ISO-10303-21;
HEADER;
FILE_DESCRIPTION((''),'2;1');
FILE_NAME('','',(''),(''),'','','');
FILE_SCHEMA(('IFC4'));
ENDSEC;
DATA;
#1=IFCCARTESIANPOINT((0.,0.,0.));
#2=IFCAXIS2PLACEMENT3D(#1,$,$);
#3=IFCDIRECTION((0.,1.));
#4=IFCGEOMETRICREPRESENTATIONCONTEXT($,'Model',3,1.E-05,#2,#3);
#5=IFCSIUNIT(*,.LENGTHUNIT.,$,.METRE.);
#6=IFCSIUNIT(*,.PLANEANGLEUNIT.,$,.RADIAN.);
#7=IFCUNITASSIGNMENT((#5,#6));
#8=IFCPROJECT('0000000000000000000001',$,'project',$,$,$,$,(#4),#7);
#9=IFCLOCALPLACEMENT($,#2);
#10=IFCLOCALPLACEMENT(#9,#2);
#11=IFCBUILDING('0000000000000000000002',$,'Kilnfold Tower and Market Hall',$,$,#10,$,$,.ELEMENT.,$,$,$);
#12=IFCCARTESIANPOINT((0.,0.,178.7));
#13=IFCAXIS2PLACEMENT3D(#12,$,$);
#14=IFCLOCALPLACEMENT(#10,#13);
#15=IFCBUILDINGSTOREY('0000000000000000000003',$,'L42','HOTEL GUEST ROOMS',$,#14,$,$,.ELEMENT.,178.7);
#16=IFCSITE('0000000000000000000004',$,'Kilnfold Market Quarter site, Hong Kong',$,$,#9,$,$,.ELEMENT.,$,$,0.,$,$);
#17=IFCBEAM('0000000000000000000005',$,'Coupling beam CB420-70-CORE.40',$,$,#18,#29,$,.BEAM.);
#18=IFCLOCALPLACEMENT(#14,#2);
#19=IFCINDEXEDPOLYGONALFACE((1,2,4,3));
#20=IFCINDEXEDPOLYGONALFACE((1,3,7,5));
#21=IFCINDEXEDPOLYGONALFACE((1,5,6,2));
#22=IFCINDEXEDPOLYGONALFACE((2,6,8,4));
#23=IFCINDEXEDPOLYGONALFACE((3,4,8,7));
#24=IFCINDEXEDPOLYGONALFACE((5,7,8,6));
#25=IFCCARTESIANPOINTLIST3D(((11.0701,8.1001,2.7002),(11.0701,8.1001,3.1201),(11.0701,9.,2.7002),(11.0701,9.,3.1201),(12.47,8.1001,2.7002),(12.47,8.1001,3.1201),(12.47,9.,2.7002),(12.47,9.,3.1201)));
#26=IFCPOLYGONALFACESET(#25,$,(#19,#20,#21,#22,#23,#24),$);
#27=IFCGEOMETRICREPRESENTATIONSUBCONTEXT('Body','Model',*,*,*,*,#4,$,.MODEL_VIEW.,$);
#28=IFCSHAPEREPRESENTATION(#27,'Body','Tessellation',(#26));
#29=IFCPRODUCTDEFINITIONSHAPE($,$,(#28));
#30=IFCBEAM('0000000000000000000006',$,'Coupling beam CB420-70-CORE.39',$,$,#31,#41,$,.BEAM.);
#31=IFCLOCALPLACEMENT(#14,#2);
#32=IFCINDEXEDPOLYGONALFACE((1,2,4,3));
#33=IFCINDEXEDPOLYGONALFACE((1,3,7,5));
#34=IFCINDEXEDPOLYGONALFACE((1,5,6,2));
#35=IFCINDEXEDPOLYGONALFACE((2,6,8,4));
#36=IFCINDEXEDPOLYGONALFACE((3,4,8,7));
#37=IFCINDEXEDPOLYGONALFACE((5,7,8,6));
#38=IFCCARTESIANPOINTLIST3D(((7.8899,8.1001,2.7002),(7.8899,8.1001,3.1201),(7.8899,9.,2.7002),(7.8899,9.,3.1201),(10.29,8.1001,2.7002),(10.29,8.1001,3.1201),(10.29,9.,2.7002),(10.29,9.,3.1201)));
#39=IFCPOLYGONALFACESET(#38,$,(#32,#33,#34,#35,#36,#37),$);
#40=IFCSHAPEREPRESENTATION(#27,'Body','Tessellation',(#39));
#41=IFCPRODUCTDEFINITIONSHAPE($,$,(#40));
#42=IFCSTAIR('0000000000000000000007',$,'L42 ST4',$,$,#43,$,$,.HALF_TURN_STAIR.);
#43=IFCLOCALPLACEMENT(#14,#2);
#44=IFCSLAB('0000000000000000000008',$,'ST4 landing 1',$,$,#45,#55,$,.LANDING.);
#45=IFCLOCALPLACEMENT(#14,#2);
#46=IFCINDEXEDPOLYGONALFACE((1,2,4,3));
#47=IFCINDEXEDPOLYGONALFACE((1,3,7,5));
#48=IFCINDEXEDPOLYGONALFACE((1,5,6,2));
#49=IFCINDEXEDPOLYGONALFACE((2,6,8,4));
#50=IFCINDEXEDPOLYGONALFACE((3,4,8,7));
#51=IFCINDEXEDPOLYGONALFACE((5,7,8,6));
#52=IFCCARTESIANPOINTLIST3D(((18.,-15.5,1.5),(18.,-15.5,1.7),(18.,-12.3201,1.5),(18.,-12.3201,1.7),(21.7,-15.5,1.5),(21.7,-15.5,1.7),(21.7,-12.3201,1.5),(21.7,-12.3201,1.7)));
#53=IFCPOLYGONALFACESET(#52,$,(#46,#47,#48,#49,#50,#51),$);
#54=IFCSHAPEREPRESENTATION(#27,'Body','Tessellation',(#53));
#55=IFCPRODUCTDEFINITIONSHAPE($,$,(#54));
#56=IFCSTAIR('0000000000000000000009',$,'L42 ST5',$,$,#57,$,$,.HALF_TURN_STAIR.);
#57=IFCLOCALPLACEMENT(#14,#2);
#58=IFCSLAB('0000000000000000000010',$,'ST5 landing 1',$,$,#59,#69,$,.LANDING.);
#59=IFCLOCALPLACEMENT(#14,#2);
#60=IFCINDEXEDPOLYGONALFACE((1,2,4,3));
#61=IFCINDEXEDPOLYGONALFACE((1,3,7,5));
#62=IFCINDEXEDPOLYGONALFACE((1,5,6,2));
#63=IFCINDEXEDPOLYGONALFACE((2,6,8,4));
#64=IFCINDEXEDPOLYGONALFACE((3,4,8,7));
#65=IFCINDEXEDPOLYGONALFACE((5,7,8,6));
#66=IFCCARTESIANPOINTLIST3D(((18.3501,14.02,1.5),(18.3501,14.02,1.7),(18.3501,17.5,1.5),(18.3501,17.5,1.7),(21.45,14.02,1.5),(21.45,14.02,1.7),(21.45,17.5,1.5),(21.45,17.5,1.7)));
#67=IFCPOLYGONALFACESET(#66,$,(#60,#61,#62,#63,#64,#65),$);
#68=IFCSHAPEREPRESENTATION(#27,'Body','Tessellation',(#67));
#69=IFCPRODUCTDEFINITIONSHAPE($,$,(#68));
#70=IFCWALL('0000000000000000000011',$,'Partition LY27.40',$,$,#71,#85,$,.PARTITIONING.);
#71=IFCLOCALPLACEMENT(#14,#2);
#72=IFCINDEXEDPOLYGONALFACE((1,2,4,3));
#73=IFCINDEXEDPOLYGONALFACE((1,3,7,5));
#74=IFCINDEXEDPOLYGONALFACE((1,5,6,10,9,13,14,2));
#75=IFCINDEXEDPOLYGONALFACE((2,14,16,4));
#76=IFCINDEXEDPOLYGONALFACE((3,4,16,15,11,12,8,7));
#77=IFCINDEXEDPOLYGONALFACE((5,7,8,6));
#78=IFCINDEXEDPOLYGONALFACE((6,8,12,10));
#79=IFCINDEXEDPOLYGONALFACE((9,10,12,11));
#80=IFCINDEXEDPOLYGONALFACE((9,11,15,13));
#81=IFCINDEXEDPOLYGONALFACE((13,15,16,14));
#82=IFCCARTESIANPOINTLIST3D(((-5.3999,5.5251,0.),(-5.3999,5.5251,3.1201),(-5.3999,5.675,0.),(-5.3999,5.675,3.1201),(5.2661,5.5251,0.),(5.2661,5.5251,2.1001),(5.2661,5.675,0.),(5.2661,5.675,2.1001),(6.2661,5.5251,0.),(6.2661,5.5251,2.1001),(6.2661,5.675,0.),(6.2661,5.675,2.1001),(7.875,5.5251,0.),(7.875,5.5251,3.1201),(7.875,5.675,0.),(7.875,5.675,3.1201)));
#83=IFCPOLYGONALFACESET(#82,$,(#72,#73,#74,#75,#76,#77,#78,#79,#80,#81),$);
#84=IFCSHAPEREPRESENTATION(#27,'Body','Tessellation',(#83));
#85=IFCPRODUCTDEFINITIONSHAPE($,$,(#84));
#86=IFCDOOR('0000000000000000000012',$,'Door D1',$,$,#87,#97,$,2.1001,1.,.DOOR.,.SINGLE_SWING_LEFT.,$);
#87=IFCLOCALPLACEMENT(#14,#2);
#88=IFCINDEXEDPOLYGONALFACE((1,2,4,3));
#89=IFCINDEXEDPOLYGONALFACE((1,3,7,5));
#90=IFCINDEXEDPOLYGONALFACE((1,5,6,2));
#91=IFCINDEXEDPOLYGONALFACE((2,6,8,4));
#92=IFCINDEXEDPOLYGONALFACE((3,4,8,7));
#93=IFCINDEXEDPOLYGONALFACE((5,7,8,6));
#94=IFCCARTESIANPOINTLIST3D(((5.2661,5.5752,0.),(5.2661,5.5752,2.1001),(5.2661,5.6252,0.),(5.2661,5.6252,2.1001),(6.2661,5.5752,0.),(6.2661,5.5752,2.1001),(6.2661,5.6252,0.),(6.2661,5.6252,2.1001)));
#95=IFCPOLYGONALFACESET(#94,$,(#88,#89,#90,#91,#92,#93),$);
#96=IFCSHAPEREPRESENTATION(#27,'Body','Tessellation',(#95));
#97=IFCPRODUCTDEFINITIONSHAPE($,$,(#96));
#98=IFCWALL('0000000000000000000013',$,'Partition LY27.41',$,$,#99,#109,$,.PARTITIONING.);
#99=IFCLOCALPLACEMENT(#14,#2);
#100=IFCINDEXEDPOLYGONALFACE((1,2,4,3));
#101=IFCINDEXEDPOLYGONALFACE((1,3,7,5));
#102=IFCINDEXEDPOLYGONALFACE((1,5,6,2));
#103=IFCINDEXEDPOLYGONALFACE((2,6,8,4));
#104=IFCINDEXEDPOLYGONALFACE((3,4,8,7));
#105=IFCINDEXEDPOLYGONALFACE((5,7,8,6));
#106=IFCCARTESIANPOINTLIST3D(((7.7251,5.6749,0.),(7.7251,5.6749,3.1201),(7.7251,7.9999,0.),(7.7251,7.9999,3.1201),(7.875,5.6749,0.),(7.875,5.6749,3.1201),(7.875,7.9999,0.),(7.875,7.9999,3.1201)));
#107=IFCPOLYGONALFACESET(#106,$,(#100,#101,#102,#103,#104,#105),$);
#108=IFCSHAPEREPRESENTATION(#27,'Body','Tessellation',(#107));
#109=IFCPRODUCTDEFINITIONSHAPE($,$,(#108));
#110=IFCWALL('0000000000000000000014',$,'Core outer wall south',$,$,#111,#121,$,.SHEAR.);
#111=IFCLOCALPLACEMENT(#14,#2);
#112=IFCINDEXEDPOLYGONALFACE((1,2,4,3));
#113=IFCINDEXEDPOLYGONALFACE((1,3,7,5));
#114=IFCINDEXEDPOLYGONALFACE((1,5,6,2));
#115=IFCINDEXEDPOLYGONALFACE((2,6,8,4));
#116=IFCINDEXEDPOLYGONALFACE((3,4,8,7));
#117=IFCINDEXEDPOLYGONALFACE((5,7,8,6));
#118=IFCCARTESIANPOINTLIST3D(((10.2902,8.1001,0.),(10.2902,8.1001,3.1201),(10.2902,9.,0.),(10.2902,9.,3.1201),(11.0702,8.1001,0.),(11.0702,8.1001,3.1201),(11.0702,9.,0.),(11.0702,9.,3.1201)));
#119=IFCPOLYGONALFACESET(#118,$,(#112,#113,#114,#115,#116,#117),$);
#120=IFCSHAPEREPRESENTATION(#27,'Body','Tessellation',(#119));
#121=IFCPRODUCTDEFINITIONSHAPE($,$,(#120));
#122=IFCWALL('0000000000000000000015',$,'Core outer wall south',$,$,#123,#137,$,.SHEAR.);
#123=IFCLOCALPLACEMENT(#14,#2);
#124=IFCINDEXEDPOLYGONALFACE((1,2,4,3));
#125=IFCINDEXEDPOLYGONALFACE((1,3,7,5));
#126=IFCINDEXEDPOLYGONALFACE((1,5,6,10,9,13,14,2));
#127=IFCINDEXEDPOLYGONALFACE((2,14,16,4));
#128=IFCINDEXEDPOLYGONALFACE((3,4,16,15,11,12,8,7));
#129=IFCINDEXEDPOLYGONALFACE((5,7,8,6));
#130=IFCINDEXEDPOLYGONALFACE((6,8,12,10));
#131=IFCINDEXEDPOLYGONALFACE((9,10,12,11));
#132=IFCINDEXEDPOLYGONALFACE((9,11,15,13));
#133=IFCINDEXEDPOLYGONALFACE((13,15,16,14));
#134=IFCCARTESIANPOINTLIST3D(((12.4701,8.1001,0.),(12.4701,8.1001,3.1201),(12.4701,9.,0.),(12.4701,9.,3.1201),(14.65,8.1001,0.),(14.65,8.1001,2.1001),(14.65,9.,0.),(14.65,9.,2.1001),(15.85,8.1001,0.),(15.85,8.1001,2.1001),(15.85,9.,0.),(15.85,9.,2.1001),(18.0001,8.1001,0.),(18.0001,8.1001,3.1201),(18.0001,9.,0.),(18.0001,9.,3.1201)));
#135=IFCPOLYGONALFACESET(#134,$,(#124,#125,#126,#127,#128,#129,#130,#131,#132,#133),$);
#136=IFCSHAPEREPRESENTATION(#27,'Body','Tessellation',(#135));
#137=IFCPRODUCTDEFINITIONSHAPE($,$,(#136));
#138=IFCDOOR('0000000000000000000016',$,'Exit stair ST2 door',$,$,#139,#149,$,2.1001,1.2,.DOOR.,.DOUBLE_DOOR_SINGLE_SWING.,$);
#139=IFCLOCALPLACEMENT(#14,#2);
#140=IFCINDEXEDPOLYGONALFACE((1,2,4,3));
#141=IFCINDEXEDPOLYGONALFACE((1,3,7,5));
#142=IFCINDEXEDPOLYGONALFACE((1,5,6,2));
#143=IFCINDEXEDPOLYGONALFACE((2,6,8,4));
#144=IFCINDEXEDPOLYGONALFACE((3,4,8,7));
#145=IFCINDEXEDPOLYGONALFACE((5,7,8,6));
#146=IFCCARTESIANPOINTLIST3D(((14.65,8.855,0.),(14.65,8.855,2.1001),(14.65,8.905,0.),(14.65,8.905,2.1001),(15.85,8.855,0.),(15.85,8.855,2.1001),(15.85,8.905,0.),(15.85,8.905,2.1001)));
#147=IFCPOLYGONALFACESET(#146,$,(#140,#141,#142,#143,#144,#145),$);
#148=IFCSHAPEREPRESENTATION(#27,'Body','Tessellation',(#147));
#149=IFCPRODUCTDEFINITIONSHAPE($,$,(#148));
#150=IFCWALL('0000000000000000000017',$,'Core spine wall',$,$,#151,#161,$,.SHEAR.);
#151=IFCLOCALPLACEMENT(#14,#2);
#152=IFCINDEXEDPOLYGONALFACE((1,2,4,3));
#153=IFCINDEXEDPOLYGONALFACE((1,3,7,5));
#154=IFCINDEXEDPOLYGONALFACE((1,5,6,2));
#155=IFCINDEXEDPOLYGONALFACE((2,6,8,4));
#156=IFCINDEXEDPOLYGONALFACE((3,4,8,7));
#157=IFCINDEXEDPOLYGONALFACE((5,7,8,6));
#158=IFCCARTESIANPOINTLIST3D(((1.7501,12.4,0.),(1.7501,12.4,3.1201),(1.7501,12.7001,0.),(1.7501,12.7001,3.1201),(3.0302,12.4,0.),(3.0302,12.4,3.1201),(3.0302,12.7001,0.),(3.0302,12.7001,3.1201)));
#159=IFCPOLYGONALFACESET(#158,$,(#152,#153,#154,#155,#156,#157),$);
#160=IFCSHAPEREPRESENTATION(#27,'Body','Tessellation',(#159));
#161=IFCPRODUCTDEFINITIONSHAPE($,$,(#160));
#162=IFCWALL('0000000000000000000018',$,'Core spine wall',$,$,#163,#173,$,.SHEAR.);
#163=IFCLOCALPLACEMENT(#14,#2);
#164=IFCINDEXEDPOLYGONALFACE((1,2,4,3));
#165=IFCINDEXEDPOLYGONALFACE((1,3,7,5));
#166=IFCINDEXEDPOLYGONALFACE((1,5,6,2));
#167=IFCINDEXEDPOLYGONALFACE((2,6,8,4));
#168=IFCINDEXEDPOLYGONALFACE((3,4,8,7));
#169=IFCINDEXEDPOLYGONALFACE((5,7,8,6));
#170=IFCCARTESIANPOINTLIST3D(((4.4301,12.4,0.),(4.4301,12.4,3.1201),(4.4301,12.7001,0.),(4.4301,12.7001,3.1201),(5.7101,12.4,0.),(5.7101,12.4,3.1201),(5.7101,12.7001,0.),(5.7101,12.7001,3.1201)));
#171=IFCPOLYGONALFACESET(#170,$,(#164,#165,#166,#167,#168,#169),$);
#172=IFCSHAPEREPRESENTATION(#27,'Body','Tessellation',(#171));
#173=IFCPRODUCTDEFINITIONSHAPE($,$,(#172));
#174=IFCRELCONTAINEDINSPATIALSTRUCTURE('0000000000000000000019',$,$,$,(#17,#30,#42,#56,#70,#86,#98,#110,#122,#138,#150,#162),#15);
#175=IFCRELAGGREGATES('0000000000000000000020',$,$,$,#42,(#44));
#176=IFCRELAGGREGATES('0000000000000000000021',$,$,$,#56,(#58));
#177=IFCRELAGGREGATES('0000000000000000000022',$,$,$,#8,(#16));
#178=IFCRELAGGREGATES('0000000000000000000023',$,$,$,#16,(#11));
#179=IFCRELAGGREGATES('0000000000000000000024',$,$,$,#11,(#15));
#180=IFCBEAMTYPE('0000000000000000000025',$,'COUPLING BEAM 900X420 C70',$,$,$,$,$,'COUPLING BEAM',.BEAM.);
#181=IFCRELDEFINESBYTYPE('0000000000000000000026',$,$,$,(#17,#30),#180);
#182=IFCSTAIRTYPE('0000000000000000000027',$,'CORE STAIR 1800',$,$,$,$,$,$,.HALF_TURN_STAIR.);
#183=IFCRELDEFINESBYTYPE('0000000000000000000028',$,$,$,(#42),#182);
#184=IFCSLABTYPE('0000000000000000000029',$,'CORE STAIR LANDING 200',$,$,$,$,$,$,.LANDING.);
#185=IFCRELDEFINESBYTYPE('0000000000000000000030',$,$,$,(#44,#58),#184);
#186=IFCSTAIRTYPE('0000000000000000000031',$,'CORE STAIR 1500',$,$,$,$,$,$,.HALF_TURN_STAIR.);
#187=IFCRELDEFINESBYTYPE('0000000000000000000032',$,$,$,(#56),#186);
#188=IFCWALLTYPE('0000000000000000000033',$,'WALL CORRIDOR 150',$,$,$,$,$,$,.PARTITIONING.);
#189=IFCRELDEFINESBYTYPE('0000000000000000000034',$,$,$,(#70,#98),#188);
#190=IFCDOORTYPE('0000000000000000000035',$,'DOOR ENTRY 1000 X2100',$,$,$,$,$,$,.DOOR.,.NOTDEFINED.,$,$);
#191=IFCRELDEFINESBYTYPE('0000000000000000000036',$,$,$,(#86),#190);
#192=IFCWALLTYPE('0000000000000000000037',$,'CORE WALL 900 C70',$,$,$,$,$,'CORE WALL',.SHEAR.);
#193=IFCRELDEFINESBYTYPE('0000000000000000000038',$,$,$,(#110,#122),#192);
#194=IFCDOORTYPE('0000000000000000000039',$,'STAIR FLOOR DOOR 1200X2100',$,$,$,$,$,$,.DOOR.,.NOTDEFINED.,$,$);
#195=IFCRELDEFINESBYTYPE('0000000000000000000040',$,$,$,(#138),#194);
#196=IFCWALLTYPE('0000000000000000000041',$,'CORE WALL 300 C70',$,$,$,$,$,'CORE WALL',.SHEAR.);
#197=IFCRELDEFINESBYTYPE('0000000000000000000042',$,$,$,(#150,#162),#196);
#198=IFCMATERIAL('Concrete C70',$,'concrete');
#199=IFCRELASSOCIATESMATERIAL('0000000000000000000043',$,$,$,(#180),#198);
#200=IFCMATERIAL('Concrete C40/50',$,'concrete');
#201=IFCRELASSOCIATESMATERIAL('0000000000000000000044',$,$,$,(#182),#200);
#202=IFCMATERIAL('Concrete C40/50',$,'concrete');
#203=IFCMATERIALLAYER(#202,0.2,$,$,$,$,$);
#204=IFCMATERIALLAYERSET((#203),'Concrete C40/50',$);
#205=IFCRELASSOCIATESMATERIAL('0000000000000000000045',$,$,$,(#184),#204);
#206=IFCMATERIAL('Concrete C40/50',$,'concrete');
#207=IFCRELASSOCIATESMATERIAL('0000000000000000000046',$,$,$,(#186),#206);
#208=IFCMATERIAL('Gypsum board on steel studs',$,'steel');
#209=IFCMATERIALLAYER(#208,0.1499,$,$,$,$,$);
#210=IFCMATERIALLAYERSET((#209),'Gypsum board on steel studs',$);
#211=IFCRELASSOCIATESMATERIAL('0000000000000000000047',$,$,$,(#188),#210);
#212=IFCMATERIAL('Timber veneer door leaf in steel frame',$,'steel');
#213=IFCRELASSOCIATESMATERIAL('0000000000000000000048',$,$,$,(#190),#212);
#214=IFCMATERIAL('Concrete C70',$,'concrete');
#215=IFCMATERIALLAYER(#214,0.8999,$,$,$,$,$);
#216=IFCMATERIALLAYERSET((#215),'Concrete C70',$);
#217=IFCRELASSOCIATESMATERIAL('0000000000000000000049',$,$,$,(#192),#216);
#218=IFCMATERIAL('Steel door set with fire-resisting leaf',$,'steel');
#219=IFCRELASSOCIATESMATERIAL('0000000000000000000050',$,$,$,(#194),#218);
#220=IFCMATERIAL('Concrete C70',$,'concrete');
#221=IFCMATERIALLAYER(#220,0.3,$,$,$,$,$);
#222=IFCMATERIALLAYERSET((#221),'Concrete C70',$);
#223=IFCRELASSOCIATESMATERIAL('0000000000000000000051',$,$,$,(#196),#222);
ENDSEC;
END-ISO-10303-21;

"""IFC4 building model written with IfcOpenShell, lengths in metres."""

from ifc_helpers import new_model, si_unit, direction, frame, frame_2d, origin, origin_2d, place, context, subcontext, project, spatial, polyline, rectangle, outline, extrude, source, transform, mapped, material, layer, layer_set, material_profile, profile_set, type_object, element, fill, aggregate, save


model = new_model("IFC4")

# Units and contexts
model_context = context("Model", 3, precision=1e-05, world=origin(), true_north=direction((0.0, 1.0)))
body_context = subcontext(model_context, "Body", "Model", "MODEL_VIEW")
ifc_project = project(units=[si_unit("LENGTHUNIT", "METRE"), si_unit("PLANEANGLEUNIT", "RADIAN")], contexts=[model_context])

# Site, building, storey
site_placement = place(None, origin())
site = spatial("IfcSite", under=ifc_project, at=site_placement, Name="Kilnfold Market Quarter site, Hong Kong", CompositionType="ELEMENT", RefElevation=0.0)
building_placement = place(site_placement, origin())
building = spatial("IfcBuilding", under=site, at=building_placement, Name="Kilnfold Tower and Market Hall", CompositionType="ELEMENT")
storey_placement = place(building_placement, frame((0.0, 0.0, 178.7)))
storey = spatial("IfcBuildingStorey", under=building, at=storey_placement, Name="L42", Description="HOTEL GUEST ROOMS", CompositionType="ELEMENT", Elevation=178.7)

# Beams
ifc_material_1 = material(Name="Concrete C70", Category="concrete")
ifc_material_profile = material_profile(ifc_material_1, rectangle(XDim=0.8999, YDim=0.4199, at=origin_2d()), Name="RC 900x420")
ifc_profile_set = profile_set([ifc_material_profile], Name="Concrete C70")
beam_type = type_object("IfcBeamType", Name="COUPLING BEAM 900X420 C70", ElementType="COUPLING BEAM", PredefinedType="BEAM", material=ifc_profile_set)
shared_shape_1 = source(origin(), body_context, "Body", "SweptSolid", [
    extrude(rectangle(XDim=0.8999, YDim=0.4199, at=origin_2d()), origin(), (0.0, 0.0, 1.0), 1.3999),
])
beam_1_placement = place(storey_placement, frame((11.0701, 8.55, 2.9102), z_axis=(1.0, 0.0, 0.0), x_axis=(0.0, 1.0, 0.0)))
element("IfcBeam", 1, at=beam_1_placement, inside=storey, type_object=beam_type, Name="Coupling beam CB420-70-CORE.40", PredefinedType="BEAM", context=body_context, shape_type="MappedRepresentation", body=[
    mapped(shared_shape_1, transform((0.0, 0.0, 0.0))),
])
shared_shape_2 = source(origin(), body_context, "Body", "SweptSolid", [
    extrude(rectangle(XDim=0.8999, YDim=0.4199, at=origin_2d()), origin(), (0.0, 0.0, 1.0), 2.4001),
])
beam_2_placement = place(storey_placement, frame((7.8899, 8.55, 2.9102), z_axis=(1.0, 0.0, 0.0), x_axis=(0.0, 1.0, 0.0)))
element("IfcBeam", 2, at=beam_2_placement, inside=storey, type_object=beam_type, Name="Coupling beam CB420-70-CORE.39", PredefinedType="BEAM", context=body_context, shape_type="MappedRepresentation", body=[
    mapped(shared_shape_2, transform((0.0, 0.0, 0.0))),
])

# Stairs, slabs
ifc_material_2 = material(Name="Concrete C40/50", Category="concrete")
stair_type_1 = type_object("IfcStairType", Name="CORE STAIR 1800", PredefinedType="HALF_TURN_STAIR", material=ifc_material_2)
stair_1_placement = place(storey_placement, origin())
stair_1 = element("IfcStair", 3, at=stair_1_placement, inside=storey, type_object=stair_type_1, Name="L42 ST4", PredefinedType="HALF_TURN_STAIR")
ifc_material_3 = material(Name="Concrete C40/50", Category="concrete")
ifc_layer_1 = layer(ifc_material_3, 0.2)
ifc_layer_set_1 = layer_set([ifc_layer_1], Name="Concrete C40/50")
slab_type = type_object("IfcSlabType", Name="CORE STAIR LANDING 200", PredefinedType="LANDING", material=ifc_layer_set_1)
shared_shape_3 = source(origin(), body_context, "Body", "SweptSolid", [
    extrude(outline(polyline([(18.0, -12.3201), (18.0, -15.5), (21.7, -15.5), (21.7, -12.3201), (18.0, -12.3201)])), origin(), (0.0, 0.0, 1.0), 0.2),
])
slab_1_placement = place(storey_placement, frame((0.0, 0.0, 1.5)))
slab_1 = element("IfcSlab", 4, at=slab_1_placement, type_object=slab_type, Name="ST4 landing 1", PredefinedType="LANDING", context=body_context, shape_type="MappedRepresentation", body=[
    mapped(shared_shape_3, transform((0.0, 0.0, 0.0))),
])
aggregate(stair_1, [slab_1])
ifc_material_4 = material(Name="Concrete C40/50", Category="concrete")
stair_type_2 = type_object("IfcStairType", Name="CORE STAIR 1500", PredefinedType="HALF_TURN_STAIR", material=ifc_material_4)
stair_2_placement = place(storey_placement, origin())
stair_2 = element("IfcStair", 5, at=stair_2_placement, inside=storey, type_object=stair_type_2, Name="L42 ST5", PredefinedType="HALF_TURN_STAIR")
shared_shape_4 = source(origin(), body_context, "Body", "SweptSolid", [
    extrude(outline(polyline([(21.45, 14.02), (21.45, 17.5), (18.3501, 17.5), (18.3501, 14.02), (21.45, 14.02)])), origin(), (0.0, 0.0, 1.0), 0.2),
])
slab_2_placement = place(storey_placement, frame((0.0, 0.0, 1.5)))
slab_2 = element("IfcSlab", 6, at=slab_2_placement, type_object=slab_type, Name="ST5 landing 1", PredefinedType="LANDING", context=body_context, shape_type="MappedRepresentation", body=[
    mapped(shared_shape_4, transform((0.0, 0.0, 0.0))),
])
aggregate(stair_2, [slab_2])

# Wall, opening, door
ifc_material_5 = material(Name="Gypsum board on steel studs", Category="steel")
ifc_layer_2 = layer(ifc_material_5, 0.1499)
ifc_layer_set_2 = layer_set([ifc_layer_2], Name="Gypsum board on steel studs")
wall_type_1 = type_object("IfcWallType", Name="WALL CORRIDOR 150", PredefinedType="PARTITIONING", material=ifc_layer_set_2)
wall_1_placement = place(storey_placement, frame((7.875, 5.6001, 0.0), z_axis=(0.0, 0.0, 1.0), x_axis=(-1.0, 0.0, 0.0)))
wall_1 = element("IfcWall", 7, at=wall_1_placement, inside=storey, type_object=wall_type_1, Name="Partition LY27.40", PredefinedType="PARTITIONING", context=body_context, shape_type="SweptSolid", body=[
    extrude(rectangle(XDim=13.2749, YDim=0.1499, at=frame_2d((6.6375, 0.0))), origin(), (0.0, 0.0, 1.0), 3.1201),
])
opening_1_placement = place(wall_1_placement, frame((1.6089, 0.0, 0.0)))
opening_1 = element("IfcOpeningElement", 8, at=opening_1_placement, cuts=wall_1, PredefinedType="OPENING", context=body_context, shape_type="SweptSolid", body=[
    extrude(rectangle(XDim=1.0, YDim=2.1001, at=frame_2d((0.5, 1.05))), frame((0.0, 0.085, 0.0), z_axis=(0.0, -1.0, 0.0), x_axis=(1.0, 0.0, 0.0)), (0.0, 0.0, 1.0), 0.1699),
])
ifc_material_6 = material(Name="Timber veneer door leaf in steel frame", Category="steel")
door_type_1 = type_object("IfcDoorType", Name="DOOR ENTRY 1000 X2100", OperationType="NOTDEFINED", PredefinedType="DOOR", material=ifc_material_6)
door_1_placement = place(opening_1_placement, origin())
door_1 = element("IfcDoor", 9, at=door_1_placement, inside=storey, type_object=door_type_1, Name="Door D1", OperationType="SINGLE_SWING_LEFT", OverallHeight=2.1001, OverallWidth=1.0, PredefinedType="DOOR", context=body_context, shape_type="SweptSolid", body=[
    extrude(rectangle(XDim=1.0, YDim=2.1001, at=frame_2d((0.5, 1.05))), frame((0.0, 0.0249, 0.0), z_axis=(0.0, -1.0, 0.0), x_axis=(1.0, 0.0, 0.0)), (0.0, 0.0, 1.0), 0.05),
])
fill(opening_1, door_1)

# Walls
wall_2_placement = place(storey_placement, frame((7.8, 8.0, 0.0), z_axis=(0.0, 0.0, 1.0), x_axis=(0.0, -1.0, 0.0)))
element("IfcWall", 10, at=wall_2_placement, inside=storey, type_object=wall_type_1, Name="Partition LY27.41", PredefinedType="PARTITIONING", context=body_context, shape_type="SweptSolid", body=[
    extrude(rectangle(XDim=2.325, YDim=0.1499, at=frame_2d((1.1626, 0.0))), origin(), (0.0, 0.0, 1.0), 3.1201),
])
ifc_material_7 = material(Name="Concrete C70", Category="concrete")
ifc_layer_3 = layer(ifc_material_7, 0.8999)
ifc_layer_set_3 = layer_set([ifc_layer_3], Name="Concrete C70")
wall_type_2 = type_object("IfcWallType", Name="CORE WALL 900 C70", ElementType="CORE WALL", PredefinedType="SHEAR", material=ifc_layer_set_3)
shared_shape_5 = source(origin(), body_context, "Body", "SweptSolid", [
    extrude(rectangle(XDim=0.78, YDim=0.8999, at=frame_2d((0.3901, 0.0))), origin(), (0.0, 0.0, 1.0), 3.1201),
])
wall_3_placement = place(storey_placement, frame((10.29, 8.55, 0.0), z_axis=(0.0, 0.0, 1.0), x_axis=(1.0, 0.0, 0.0)))
element("IfcWall", 11, at=wall_3_placement, inside=storey, type_object=wall_type_2, Name="Core outer wall south", PredefinedType="SHEAR", context=body_context, shape_type="MappedRepresentation", body=[
    mapped(shared_shape_5, transform((0.0, 0.0, 0.0))),
])

# Wall, opening, door
shared_shape_6 = source(origin(), body_context, "Body", "SweptSolid", [
    extrude(rectangle(XDim=5.53, YDim=0.8999, at=frame_2d((2.7651, 0.0))), origin(), (0.0, 0.0, 1.0), 3.1201),
])
wall_4_placement = place(storey_placement, frame((12.47, 8.55, 0.0), z_axis=(0.0, 0.0, 1.0), x_axis=(1.0, 0.0, 0.0)))
wall_4 = element("IfcWall", 12, at=wall_4_placement, inside=storey, type_object=wall_type_2, Name="Core outer wall south", PredefinedType="SHEAR", context=body_context, shape_type="MappedRepresentation", body=[
    mapped(shared_shape_6, transform((0.0, 0.0, 0.0))),
])
opening_2_placement = place(wall_4_placement, frame((2.1799, 0.0, 0.0)))
opening_2 = element("IfcOpeningElement", 13, at=opening_2_placement, cuts=wall_4, PredefinedType="OPENING", context=body_context, shape_type="SweptSolid", body=[
    extrude(rectangle(XDim=1.2, YDim=2.1001, at=frame_2d((0.6001, 1.05))), frame((0.0, 0.46, 0.0), z_axis=(0.0, -1.0, 0.0), x_axis=(1.0, 0.0, 0.0)), (0.0, 0.0, 1.0), 0.9199),
])
ifc_material_8 = material(Name="Steel door set with fire-resisting leaf", Category="steel")
door_type_2 = type_object("IfcDoorType", Name="STAIR FLOOR DOOR 1200X2100", OperationType="NOTDEFINED", PredefinedType="DOOR", material=ifc_material_8)
door_2_placement = place(opening_2_placement, origin())
door_2 = element("IfcDoor", 14, at=door_2_placement, inside=storey, type_object=door_type_2, Name="Exit stair ST2 door", OperationType="DOUBLE_DOOR_SINGLE_SWING", OverallHeight=2.1001, OverallWidth=1.2, PredefinedType="DOOR", context=body_context, shape_type="SweptSolid", body=[
    extrude(rectangle(XDim=1.2, YDim=2.1001, at=frame_2d((0.6001, 1.05))), frame((0.0, 0.355, 0.0), z_axis=(0.0, -1.0, 0.0), x_axis=(1.0, 0.0, 0.0)), (0.0, 0.0, 1.0), 0.05),
])
fill(opening_2, door_2)

# Walls
ifc_material_9 = material(Name="Concrete C70", Category="concrete")
ifc_layer_4 = layer(ifc_material_9, 0.3)
ifc_layer_set_4 = layer_set([ifc_layer_4], Name="Concrete C70")
wall_type_3 = type_object("IfcWallType", Name="CORE WALL 300 C70", ElementType="CORE WALL", PredefinedType="SHEAR", material=ifc_layer_set_4)
shared_shape_7 = source(origin(), body_context, "Body", "SweptSolid", [
    extrude(rectangle(XDim=1.28, YDim=0.3, at=frame_2d((0.6401, 0.0))), origin(), (0.0, 0.0, 1.0), 3.1201),
])
for number, where, z_axis, x_axis, name in (
    (15, (1.75, 12.55, 0.0), (0.0, 0.0, 1.0), (1.0, 0.0, 0.0), "Core spine wall"),
    (16, (4.4299, 12.55, 0.0), (0.0, 0.0, 1.0), (1.0, 0.0, 0.0), "Core spine wall"),
):
    element("IfcWall", number, at=place(storey_placement, frame(where, z_axis=z_axis, x_axis=x_axis)), inside=storey, type_object=wall_type_3, Name=name, PredefinedType="SHEAR", context=body_context, shape_type="MappedRepresentation", body=[
        mapped(shared_shape_7, transform((0.0, 0.0, 0.0))),
    ])

save(model, "model.ifc")
